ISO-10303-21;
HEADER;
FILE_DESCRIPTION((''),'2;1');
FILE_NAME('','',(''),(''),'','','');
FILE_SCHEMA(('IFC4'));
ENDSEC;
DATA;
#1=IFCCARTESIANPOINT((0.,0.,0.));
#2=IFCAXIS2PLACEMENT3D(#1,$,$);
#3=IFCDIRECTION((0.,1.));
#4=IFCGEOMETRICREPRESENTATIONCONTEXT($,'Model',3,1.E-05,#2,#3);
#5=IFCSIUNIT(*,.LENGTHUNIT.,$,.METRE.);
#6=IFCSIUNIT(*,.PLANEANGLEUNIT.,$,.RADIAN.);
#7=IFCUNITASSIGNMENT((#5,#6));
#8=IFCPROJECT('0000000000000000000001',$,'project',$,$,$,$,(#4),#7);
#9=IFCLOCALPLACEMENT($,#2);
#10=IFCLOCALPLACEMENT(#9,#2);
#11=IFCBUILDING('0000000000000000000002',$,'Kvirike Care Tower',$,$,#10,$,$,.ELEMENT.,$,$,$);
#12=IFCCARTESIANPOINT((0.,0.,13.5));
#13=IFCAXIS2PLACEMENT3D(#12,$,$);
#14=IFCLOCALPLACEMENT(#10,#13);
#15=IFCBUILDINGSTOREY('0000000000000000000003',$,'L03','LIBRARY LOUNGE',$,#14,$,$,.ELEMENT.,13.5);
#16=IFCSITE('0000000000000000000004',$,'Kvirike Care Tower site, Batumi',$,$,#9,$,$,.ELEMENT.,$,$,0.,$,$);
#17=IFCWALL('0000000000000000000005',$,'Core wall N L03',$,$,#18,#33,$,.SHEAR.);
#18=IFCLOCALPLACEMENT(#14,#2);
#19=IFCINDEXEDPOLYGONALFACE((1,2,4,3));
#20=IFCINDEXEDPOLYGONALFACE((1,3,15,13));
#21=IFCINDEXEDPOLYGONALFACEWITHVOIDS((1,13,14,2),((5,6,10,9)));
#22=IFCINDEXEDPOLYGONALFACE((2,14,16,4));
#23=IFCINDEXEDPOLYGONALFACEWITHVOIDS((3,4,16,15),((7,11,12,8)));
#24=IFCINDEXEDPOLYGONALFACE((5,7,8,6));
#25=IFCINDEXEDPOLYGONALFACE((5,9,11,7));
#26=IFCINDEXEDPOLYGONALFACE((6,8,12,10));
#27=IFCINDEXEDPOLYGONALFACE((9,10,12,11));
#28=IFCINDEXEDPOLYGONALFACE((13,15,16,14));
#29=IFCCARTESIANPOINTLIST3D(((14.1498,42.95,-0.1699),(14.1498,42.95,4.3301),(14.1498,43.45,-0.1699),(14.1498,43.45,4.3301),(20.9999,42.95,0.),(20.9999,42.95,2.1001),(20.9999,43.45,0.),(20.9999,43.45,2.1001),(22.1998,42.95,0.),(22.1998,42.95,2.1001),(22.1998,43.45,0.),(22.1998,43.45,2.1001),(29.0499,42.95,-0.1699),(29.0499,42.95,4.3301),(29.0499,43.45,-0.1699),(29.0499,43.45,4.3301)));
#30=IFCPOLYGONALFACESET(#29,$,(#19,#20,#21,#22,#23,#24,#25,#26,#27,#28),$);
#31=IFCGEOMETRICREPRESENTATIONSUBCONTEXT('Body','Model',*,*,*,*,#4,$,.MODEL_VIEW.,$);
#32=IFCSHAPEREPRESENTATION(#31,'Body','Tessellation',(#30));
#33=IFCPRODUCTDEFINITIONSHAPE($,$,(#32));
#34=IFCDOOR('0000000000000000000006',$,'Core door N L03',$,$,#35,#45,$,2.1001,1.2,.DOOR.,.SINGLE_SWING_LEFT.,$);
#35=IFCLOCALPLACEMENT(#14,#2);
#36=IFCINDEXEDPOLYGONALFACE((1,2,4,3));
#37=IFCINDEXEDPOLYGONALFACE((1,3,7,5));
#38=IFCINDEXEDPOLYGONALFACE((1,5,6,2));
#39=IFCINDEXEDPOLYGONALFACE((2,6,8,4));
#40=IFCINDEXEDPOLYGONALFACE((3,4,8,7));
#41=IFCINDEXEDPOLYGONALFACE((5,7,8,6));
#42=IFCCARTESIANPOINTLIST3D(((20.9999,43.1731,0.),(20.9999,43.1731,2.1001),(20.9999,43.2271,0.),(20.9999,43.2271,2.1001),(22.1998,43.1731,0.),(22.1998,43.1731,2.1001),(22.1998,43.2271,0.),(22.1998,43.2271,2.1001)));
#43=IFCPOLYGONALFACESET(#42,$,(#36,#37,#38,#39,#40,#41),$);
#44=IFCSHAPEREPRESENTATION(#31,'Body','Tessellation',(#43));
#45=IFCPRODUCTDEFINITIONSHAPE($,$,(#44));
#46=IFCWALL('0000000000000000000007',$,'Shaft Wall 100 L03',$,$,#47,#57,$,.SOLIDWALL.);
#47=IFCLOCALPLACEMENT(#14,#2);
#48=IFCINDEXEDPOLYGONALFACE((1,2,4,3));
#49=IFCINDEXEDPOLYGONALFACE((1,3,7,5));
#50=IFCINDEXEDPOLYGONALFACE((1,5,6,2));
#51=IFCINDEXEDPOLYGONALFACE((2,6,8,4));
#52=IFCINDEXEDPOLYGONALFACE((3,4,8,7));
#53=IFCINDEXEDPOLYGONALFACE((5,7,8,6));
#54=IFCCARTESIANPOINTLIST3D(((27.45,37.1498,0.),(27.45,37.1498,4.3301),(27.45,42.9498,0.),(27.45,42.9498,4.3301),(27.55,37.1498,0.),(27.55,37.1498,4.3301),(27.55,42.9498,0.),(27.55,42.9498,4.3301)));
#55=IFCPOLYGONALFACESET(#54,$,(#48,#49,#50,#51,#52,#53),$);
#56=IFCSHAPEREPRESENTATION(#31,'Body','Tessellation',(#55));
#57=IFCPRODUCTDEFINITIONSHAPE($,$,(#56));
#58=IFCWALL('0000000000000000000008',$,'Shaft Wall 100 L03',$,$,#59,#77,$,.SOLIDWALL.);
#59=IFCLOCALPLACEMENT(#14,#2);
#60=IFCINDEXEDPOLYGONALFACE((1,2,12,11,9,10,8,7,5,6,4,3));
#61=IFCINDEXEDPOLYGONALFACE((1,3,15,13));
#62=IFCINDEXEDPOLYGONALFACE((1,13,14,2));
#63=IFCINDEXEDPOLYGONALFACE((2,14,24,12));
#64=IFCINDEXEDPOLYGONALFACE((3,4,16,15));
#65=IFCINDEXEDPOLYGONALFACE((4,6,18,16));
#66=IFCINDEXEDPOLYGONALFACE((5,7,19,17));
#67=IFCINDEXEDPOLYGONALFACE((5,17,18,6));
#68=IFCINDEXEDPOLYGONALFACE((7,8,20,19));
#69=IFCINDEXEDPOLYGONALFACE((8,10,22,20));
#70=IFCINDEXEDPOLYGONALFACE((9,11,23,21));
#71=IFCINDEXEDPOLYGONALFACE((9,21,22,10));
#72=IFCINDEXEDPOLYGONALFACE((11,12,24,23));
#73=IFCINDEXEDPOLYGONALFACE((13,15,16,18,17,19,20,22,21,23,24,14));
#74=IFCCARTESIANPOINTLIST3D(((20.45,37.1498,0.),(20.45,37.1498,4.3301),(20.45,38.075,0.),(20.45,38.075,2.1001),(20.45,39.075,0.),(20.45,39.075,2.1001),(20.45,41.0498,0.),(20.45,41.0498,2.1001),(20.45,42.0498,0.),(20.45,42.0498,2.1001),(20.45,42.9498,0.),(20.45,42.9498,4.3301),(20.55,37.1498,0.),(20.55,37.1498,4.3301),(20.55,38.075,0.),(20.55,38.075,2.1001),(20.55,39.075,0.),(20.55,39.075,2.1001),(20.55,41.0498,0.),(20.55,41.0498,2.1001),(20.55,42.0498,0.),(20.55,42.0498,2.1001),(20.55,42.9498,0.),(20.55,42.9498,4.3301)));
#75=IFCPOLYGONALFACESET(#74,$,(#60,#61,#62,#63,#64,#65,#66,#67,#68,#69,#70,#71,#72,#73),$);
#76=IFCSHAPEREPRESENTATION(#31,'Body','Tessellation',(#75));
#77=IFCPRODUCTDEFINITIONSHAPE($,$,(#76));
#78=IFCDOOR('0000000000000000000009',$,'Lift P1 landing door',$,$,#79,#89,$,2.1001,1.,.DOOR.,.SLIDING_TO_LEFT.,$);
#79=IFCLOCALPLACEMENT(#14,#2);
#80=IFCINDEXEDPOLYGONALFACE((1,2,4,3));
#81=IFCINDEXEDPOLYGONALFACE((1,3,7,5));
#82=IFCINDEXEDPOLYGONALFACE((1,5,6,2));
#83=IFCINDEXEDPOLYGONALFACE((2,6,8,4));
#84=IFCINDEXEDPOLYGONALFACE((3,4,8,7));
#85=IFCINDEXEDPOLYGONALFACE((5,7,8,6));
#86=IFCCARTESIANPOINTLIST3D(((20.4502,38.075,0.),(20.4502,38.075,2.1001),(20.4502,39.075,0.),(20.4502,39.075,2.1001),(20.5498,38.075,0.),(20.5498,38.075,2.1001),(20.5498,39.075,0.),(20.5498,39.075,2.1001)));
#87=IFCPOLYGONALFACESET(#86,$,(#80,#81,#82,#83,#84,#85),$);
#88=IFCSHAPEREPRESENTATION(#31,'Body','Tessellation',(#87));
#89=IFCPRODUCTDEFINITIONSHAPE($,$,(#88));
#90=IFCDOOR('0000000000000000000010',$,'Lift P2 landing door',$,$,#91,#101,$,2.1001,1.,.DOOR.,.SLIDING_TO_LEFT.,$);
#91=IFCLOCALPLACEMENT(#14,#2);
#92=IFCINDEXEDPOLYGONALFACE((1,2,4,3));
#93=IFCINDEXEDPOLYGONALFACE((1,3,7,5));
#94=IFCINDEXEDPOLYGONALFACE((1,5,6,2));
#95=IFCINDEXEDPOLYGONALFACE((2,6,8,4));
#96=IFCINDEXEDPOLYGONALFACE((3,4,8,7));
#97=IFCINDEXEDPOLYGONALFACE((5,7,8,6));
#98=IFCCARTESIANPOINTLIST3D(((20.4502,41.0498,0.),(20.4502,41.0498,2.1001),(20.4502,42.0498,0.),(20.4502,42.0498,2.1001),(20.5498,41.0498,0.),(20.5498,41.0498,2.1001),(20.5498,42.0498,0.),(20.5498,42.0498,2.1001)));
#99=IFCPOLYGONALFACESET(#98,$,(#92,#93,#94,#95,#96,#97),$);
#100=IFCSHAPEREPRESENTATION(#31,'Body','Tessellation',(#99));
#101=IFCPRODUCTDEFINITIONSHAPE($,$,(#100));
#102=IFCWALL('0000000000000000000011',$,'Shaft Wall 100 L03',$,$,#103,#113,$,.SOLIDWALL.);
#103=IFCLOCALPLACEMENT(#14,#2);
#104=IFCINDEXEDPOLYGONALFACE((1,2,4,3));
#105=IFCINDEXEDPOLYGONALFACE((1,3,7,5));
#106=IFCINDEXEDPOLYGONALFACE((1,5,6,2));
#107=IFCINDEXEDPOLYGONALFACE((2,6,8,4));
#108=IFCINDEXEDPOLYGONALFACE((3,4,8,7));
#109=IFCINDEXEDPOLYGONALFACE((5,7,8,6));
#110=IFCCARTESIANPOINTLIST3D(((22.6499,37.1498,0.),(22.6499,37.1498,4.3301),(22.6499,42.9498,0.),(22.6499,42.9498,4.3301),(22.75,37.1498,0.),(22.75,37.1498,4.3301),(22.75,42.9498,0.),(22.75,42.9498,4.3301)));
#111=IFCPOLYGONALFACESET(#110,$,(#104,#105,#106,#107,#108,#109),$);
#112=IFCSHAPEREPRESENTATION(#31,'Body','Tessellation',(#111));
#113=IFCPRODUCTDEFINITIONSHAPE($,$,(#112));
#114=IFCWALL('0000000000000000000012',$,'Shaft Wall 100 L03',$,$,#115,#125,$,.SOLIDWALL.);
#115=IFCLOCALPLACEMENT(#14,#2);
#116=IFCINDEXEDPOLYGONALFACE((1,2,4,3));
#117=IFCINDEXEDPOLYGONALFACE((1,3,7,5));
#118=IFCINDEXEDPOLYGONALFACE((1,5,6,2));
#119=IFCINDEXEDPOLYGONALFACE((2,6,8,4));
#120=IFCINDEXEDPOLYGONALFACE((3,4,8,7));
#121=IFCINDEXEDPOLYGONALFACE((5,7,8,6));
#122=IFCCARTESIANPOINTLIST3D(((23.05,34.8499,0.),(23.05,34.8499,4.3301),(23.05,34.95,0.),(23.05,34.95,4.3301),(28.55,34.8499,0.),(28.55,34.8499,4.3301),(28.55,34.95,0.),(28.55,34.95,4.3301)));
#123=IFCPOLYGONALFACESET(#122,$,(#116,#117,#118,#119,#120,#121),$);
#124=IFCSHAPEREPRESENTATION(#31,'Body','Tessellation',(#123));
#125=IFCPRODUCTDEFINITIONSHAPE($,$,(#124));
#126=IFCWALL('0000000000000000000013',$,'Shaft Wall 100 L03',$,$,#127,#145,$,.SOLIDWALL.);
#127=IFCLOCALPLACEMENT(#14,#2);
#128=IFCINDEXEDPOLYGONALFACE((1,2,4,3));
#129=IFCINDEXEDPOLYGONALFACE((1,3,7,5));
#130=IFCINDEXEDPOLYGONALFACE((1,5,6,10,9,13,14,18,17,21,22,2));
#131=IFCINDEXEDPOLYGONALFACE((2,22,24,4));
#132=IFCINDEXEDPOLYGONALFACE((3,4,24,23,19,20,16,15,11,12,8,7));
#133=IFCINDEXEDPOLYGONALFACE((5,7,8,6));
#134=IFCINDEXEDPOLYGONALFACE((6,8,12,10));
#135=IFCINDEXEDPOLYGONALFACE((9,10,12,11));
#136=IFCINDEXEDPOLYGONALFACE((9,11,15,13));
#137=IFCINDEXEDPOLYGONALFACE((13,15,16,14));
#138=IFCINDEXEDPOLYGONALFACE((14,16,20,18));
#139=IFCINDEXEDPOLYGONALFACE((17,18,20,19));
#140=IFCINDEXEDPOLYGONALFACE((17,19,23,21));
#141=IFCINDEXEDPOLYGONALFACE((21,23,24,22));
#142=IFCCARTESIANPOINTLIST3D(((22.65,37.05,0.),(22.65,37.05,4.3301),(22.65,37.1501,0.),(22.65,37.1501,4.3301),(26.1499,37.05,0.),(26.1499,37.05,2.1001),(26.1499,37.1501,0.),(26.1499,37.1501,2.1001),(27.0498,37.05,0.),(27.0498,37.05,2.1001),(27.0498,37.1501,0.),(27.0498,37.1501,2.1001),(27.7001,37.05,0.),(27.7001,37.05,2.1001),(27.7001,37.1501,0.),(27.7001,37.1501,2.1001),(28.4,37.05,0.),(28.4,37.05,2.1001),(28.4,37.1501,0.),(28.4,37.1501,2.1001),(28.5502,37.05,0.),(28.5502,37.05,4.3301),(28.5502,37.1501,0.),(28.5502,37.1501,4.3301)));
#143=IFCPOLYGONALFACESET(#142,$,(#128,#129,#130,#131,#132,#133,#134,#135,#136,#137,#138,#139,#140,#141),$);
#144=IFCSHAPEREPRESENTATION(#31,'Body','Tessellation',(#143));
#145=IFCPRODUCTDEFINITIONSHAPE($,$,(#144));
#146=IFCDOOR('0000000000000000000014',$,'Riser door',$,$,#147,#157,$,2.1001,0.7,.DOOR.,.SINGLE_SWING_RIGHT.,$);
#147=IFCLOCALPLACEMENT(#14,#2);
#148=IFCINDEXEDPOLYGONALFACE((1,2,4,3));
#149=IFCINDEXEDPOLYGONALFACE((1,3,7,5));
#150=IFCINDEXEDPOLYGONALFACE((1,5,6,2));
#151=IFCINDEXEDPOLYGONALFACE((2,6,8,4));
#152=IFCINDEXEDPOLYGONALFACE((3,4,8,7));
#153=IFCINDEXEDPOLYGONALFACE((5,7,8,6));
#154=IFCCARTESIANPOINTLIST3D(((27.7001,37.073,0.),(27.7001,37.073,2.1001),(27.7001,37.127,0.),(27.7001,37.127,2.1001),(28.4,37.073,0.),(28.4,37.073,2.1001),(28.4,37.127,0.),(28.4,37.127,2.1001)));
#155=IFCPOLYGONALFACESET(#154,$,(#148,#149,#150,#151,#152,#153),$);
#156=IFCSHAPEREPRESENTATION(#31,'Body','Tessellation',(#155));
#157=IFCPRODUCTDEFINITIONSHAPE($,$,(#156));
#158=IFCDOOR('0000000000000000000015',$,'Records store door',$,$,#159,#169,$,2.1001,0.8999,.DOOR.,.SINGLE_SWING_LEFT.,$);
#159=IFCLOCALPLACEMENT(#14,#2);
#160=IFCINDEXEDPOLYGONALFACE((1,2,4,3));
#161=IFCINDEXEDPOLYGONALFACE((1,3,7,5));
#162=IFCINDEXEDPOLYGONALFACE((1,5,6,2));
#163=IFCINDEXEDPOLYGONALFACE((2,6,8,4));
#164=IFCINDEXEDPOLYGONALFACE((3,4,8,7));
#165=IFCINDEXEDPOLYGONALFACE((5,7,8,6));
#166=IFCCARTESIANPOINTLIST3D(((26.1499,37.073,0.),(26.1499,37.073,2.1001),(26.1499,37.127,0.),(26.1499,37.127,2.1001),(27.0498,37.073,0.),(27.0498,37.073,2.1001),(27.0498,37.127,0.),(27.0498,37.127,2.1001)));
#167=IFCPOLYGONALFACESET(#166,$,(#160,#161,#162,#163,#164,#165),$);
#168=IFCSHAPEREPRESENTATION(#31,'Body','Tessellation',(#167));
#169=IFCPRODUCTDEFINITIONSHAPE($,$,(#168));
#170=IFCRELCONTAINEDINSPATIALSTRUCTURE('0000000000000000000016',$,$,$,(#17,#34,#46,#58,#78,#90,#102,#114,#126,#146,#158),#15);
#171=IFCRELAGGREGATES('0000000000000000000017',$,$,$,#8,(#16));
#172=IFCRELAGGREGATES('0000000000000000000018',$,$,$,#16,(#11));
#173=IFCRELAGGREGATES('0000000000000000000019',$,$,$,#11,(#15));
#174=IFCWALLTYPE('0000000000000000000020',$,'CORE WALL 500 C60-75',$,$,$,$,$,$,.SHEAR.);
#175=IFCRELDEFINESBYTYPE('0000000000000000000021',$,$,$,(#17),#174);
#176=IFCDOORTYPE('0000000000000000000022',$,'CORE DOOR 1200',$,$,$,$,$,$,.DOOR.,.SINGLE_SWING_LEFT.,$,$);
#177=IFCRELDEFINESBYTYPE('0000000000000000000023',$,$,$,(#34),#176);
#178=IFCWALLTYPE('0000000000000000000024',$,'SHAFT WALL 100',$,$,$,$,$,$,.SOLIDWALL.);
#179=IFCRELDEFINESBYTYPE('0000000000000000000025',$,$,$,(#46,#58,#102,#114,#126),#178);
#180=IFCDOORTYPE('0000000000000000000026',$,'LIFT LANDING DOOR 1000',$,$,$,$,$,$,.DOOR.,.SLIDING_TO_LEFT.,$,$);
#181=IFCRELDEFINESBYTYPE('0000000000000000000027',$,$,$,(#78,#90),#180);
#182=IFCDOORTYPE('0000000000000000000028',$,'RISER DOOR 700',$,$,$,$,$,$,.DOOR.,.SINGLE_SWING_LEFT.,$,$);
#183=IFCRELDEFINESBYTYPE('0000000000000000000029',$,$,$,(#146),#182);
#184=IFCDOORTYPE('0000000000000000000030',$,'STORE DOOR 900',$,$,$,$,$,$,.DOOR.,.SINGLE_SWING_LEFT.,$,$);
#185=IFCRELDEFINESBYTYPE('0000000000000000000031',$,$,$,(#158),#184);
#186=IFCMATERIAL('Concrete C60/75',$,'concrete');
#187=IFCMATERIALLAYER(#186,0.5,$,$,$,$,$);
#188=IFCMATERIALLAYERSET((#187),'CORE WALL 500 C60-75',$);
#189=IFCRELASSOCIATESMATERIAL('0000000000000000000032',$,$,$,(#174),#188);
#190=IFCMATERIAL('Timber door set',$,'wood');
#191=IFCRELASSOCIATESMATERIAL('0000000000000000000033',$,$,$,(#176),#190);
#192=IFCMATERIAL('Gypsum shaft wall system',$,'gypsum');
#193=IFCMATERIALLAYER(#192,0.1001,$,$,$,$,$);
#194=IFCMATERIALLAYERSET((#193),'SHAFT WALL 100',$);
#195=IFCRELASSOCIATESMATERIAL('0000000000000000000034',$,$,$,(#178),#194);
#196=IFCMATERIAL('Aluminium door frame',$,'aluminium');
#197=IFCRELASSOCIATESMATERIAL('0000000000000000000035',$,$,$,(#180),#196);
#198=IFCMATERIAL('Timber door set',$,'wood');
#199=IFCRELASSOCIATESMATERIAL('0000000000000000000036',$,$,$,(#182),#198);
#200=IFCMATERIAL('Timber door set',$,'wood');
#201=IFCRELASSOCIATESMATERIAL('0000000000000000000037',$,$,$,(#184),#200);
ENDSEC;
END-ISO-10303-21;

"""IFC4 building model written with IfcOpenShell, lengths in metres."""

from ifc_helpers import new_model, si_unit, direction, frame, frame_2d, origin, place, context, subcontext, project, spatial, rectangle, extrude, material, layer, layer_set, type_object, element, fill, save


model = new_model("IFC4")

# Units and contexts
model_context = context("Model", 3, precision=1e-05, world=origin(), true_north=direction((0.0, 1.0)))
body_context = subcontext(model_context, "Body", "Model", "MODEL_VIEW")
ifc_project = project(units=[si_unit("LENGTHUNIT", "METRE"), si_unit("PLANEANGLEUNIT", "RADIAN")], contexts=[model_context])

# Site, building, storey
site_placement = place(None, origin())
site = spatial("IfcSite", under=ifc_project, at=site_placement, Name="Kvirike Care Tower site, Batumi", CompositionType="ELEMENT", RefElevation=0.0)
building_placement = place(site_placement, origin())
building = spatial("IfcBuilding", under=site, at=building_placement, Name="Kvirike Care Tower", CompositionType="ELEMENT")
storey_placement = place(building_placement, frame((0.0, 0.0, 13.5)))
storey = spatial("IfcBuildingStorey", under=building, at=storey_placement, Name="L03", Description="LIBRARY LOUNGE", CompositionType="ELEMENT", Elevation=13.5)

# Wall, opening, door
ifc_material_1 = material(Name="Concrete C60/75", Category="concrete")
ifc_layer_1 = layer(ifc_material_1, 0.5)
ifc_layer_set_1 = layer_set([ifc_layer_1], Name="CORE WALL 500 C60-75")
wall_type_1 = type_object("IfcWallType", Name="CORE WALL 500 C60-75", PredefinedType="SHEAR", material=ifc_layer_set_1)
wall_1_placement = place(storey_placement, frame((29.05, 43.2, -0.1699), z_axis=(0.0, 0.0, 1.0), x_axis=(-1.0, 0.0, 0.0)))
wall_1 = element("IfcWall", 1, at=wall_1_placement, inside=storey, type_object=wall_type_1, Name="Core wall N L03", PredefinedType="SHEAR", context=body_context, shape_type="SweptSolid", body=[
    extrude(rectangle(XDim=14.9001, YDim=0.5, at=frame_2d((7.4502, 0.0))), origin(), (0.0, 0.0, 1.0), 4.5),
])
opening_1_placement = place(wall_1_placement, frame((6.8501, 0.0, 0.1699)))
opening_1 = element("IfcOpeningElement", 2, at=opening_1_placement, cuts=wall_1, PredefinedType="OPENING", context=body_context, shape_type="SweptSolid", body=[
    extrude(rectangle(XDim=1.2, YDim=2.1001, at=frame_2d((0.6001, 1.05))), frame((0.0, 0.2605, 0.0), z_axis=(0.0, -1.0, 0.0), x_axis=(1.0, 0.0, 0.0)), (0.0, 0.0, 1.0), 0.521),
])
ifc_material_2 = material(Name="Timber door set", Category="wood")
door_type_1 = type_object("IfcDoorType", Name="CORE DOOR 1200", OperationType="SINGLE_SWING_LEFT", PredefinedType="DOOR", material=ifc_material_2)
door_1_placement = place(opening_1_placement, origin())
door_1 = element("IfcDoor", 3, at=door_1_placement, inside=storey, type_object=door_type_1, Name="Core door N L03", OperationType="SINGLE_SWING_LEFT", OverallHeight=2.1001, OverallWidth=1.2, PredefinedType="DOOR", context=body_context, shape_type="SweptSolid", body=[
    extrude(rectangle(XDim=1.2, YDim=2.1001, at=frame_2d((0.6001, 1.05))), frame((0.0, 0.0269, 0.0), z_axis=(0.0, -1.0, 0.0), x_axis=(1.0, 0.0, 0.0)), (0.0, 0.0, 1.0), 0.054),
])
fill(opening_1, door_1)

# Wall
ifc_material_3 = material(Name="Gypsum shaft wall system", Category="gypsum")
ifc_layer_2 = layer(ifc_material_3, 0.1001)
ifc_layer_set_2 = layer_set([ifc_layer_2], Name="SHAFT WALL 100")
wall_type_2 = type_object("IfcWallType", Name="SHAFT WALL 100", PredefinedType="SOLIDWALL", material=ifc_layer_set_2)
wall_2_placement = place(storey_placement, frame((27.5, 37.1499, 0.0), z_axis=(0.0, 0.0, 1.0), x_axis=(0.0, 1.0, 0.0)))
element("IfcWall", 4, at=wall_2_placement, inside=storey, type_object=wall_type_2, Name="Shaft Wall 100 L03", PredefinedType="SOLIDWALL", context=body_context, shape_type="SweptSolid", body=[
    extrude(rectangle(XDim=5.8, YDim=0.1001, at=frame_2d((2.8999, 0.0))), origin(), (0.0, 0.0, 1.0), 4.3301),
])

# Wall, openings, doors
wall_3_placement = place(storey_placement, frame((20.5, 37.1499, 0.0), z_axis=(0.0, 0.0, 1.0), x_axis=(0.0, 1.0, 0.0)))
wall_3 = element("IfcWall", 5, at=wall_3_placement, inside=storey, type_object=wall_type_2, Name="Shaft Wall 100 L03", PredefinedType="SOLIDWALL", context=body_context, shape_type="SweptSolid", body=[
    extrude(rectangle(XDim=5.8, YDim=0.1001, at=frame_2d((2.8999, 0.0))), origin(), (0.0, 0.0, 1.0), 4.3301),
])
opening_2_placement = place(wall_3_placement, frame((0.925, 0.0, 0.0)))
opening_2 = element("IfcOpeningElement", 6, at=opening_2_placement, cuts=wall_3, PredefinedType="OPENING", context=body_context, shape_type="SweptSolid", body=[
    extrude(rectangle(XDim=1.0, YDim=2.1001, at=frame_2d((0.5, 1.05))), frame((0.0, 0.0605, 0.0), z_axis=(0.0, -1.0, 0.0), x_axis=(1.0, 0.0, 0.0)), (0.0, 0.0, 1.0), 0.1211),
])
opening_3_placement = place(wall_3_placement, frame((3.8999, 0.0, 0.0)))
opening_3 = element("IfcOpeningElement", 7, at=opening_3_placement, cuts=wall_3, PredefinedType="OPENING", context=body_context, shape_type="SweptSolid", body=[
    extrude(rectangle(XDim=1.0, YDim=2.1001, at=frame_2d((0.5, 1.05))), frame((0.0, 0.0605, 0.0), z_axis=(0.0, -1.0, 0.0), x_axis=(1.0, 0.0, 0.0)), (0.0, 0.0, 1.0), 0.1211),
])
ifc_material_4 = material(Name="Aluminium door frame", Category="aluminium")
door_type_2 = type_object("IfcDoorType", Name="LIFT LANDING DOOR 1000", OperationType="SLIDING_TO_LEFT", PredefinedType="DOOR", material=ifc_material_4)
door_2_placement = place(opening_2_placement, origin())
door_2 = element("IfcDoor", 8, at=door_2_placement, inside=storey, type_object=door_type_2, Name="Lift P1 landing door", OperationType="SLIDING_TO_LEFT", OverallHeight=2.1001, OverallWidth=1.0, PredefinedType="DOOR", context=body_context, shape_type="SweptSolid", body=[
    extrude(rectangle(XDim=1.0, YDim=2.1001, at=frame_2d((0.5, 1.05))), frame((0.0, 0.0498, 0.0), z_axis=(0.0, -1.0, 0.0), x_axis=(1.0, 0.0, 0.0)), (0.0, 0.0, 1.0), 0.0996),
])
fill(opening_2, door_2)
door_3_placement = place(opening_3_placement, origin())
door_3 = element("IfcDoor", 9, at=door_3_placement, inside=storey, type_object=door_type_2, Name="Lift P2 landing door", OperationType="SLIDING_TO_LEFT", OverallHeight=2.1001, OverallWidth=1.0, PredefinedType="DOOR", context=body_context, shape_type="SweptSolid", body=[
    extrude(rectangle(XDim=1.0, YDim=2.1001, at=frame_2d((0.5, 1.05))), frame((0.0, 0.0498, 0.0), z_axis=(0.0, -1.0, 0.0), x_axis=(1.0, 0.0, 0.0)), (0.0, 0.0, 1.0), 0.0996),
])
fill(opening_3, door_3)

# Walls
wall_4_placement = place(storey_placement, frame((22.7, 37.1499, 0.0), z_axis=(0.0, 0.0, 1.0), x_axis=(0.0, 1.0, 0.0)))
element("IfcWall", 10, at=wall_4_placement, inside=storey, type_object=wall_type_2, Name="Shaft Wall 100 L03", PredefinedType="SOLIDWALL", context=body_context, shape_type="SweptSolid", body=[
    extrude(rectangle(XDim=5.8, YDim=0.1001, at=frame_2d((2.8999, 0.0))), origin(), (0.0, 0.0, 1.0), 4.3301),
])
wall_5_placement = place(storey_placement, frame((23.05, 34.8999, 0.0), z_axis=(0.0, 0.0, 1.0), x_axis=(1.0, 0.0, 0.0)))
element("IfcWall", 11, at=wall_5_placement, inside=storey, type_object=wall_type_2, Name="Shaft Wall 100 L03", PredefinedType="SOLIDWALL", context=body_context, shape_type="SweptSolid", body=[
    extrude(rectangle(XDim=5.5, YDim=0.1001, at=frame_2d((2.75, 0.0))), origin(), (0.0, 0.0, 1.0), 4.3301),
])

# Wall, openings, doors
wall_6_placement = place(storey_placement, frame((22.6499, 37.1001, 0.0), z_axis=(0.0, 0.0, 1.0), x_axis=(1.0, 0.0, 0.0)))
wall_6 = element("IfcWall", 12, at=wall_6_placement, inside=storey, type_object=wall_type_2, Name="Shaft Wall 100 L03", PredefinedType="SOLIDWALL", context=body_context, shape_type="SweptSolid", body=[
    extrude(rectangle(XDim=5.9001, YDim=0.1001, at=frame_2d((2.9502, 0.0))), origin(), (0.0, 0.0, 1.0), 4.3301),
])
opening_4_placement = place(wall_6_placement, frame((3.5, 0.0, 0.0)))
opening_4 = element("IfcOpeningElement", 13, at=opening_4_placement, cuts=wall_6, PredefinedType="OPENING", context=body_context, shape_type="SweptSolid", body=[
    extrude(rectangle(XDim=0.8999, YDim=2.1001, at=frame_2d((0.45, 1.05))), frame((0.0, 0.0605, 0.0), z_axis=(0.0, -1.0, 0.0), x_axis=(1.0, 0.0, 0.0)), (0.0, 0.0, 1.0), 0.1211),
])
opening_5_placement = place(wall_6_placement, frame((5.05, 0.0, 0.0)))
opening_5 = element("IfcOpeningElement", 14, at=opening_5_placement, cuts=wall_6, PredefinedType="OPENING", context=body_context, shape_type="SweptSolid", body=[
    extrude(rectangle(XDim=0.7, YDim=2.1001, at=frame_2d((0.3501, 1.05))), frame((0.0, 0.0605, 0.0), z_axis=(0.0, -1.0, 0.0), x_axis=(1.0, 0.0, 0.0)), (0.0, 0.0, 1.0), 0.1211),
])
ifc_material_5 = material(Name="Timber door set", Category="wood")
door_type_3 = type_object("IfcDoorType", Name="RISER DOOR 700", OperationType="SINGLE_SWING_LEFT", PredefinedType="DOOR", material=ifc_material_5)
door_4_placement = place(opening_5_placement, origin())
door_4 = element("IfcDoor", 15, at=door_4_placement, inside=storey, type_object=door_type_3, Name="Riser door", OperationType="SINGLE_SWING_RIGHT", OverallHeight=2.1001, OverallWidth=0.7, PredefinedType="DOOR", context=body_context, shape_type="SweptSolid", body=[
    extrude(rectangle(XDim=0.7, YDim=2.1001, at=frame_2d((0.3501, 1.05))), frame((0.0, 0.0269, 0.0), z_axis=(0.0, -1.0, 0.0), x_axis=(1.0, 0.0, 0.0)), (0.0, 0.0, 1.0), 0.054),
])
fill(opening_5, door_4)
ifc_material_6 = material(Name="Timber door set", Category="wood")
door_type_4 = type_object("IfcDoorType", Name="STORE DOOR 900", OperationType="SINGLE_SWING_LEFT", PredefinedType="DOOR", material=ifc_material_6)
door_5_placement = place(opening_4_placement, origin())
door_5 = element("IfcDoor", 16, at=door_5_placement, inside=storey, type_object=door_type_4, Name="Records store door", OperationType="SINGLE_SWING_LEFT", OverallHeight=2.1001, OverallWidth=0.8999, PredefinedType="DOOR", context=body_context, shape_type="SweptSolid", body=[
    extrude(rectangle(XDim=0.8999, YDim=2.1001, at=frame_2d((0.45, 1.05))), frame((0.0, 0.0269, 0.0), z_axis=(0.0, -1.0, 0.0), x_axis=(1.0, 0.0, 0.0)), (0.0, 0.0, 1.0), 0.054),
])
fill(opening_4, door_5)

save(model, "model.ifc")
